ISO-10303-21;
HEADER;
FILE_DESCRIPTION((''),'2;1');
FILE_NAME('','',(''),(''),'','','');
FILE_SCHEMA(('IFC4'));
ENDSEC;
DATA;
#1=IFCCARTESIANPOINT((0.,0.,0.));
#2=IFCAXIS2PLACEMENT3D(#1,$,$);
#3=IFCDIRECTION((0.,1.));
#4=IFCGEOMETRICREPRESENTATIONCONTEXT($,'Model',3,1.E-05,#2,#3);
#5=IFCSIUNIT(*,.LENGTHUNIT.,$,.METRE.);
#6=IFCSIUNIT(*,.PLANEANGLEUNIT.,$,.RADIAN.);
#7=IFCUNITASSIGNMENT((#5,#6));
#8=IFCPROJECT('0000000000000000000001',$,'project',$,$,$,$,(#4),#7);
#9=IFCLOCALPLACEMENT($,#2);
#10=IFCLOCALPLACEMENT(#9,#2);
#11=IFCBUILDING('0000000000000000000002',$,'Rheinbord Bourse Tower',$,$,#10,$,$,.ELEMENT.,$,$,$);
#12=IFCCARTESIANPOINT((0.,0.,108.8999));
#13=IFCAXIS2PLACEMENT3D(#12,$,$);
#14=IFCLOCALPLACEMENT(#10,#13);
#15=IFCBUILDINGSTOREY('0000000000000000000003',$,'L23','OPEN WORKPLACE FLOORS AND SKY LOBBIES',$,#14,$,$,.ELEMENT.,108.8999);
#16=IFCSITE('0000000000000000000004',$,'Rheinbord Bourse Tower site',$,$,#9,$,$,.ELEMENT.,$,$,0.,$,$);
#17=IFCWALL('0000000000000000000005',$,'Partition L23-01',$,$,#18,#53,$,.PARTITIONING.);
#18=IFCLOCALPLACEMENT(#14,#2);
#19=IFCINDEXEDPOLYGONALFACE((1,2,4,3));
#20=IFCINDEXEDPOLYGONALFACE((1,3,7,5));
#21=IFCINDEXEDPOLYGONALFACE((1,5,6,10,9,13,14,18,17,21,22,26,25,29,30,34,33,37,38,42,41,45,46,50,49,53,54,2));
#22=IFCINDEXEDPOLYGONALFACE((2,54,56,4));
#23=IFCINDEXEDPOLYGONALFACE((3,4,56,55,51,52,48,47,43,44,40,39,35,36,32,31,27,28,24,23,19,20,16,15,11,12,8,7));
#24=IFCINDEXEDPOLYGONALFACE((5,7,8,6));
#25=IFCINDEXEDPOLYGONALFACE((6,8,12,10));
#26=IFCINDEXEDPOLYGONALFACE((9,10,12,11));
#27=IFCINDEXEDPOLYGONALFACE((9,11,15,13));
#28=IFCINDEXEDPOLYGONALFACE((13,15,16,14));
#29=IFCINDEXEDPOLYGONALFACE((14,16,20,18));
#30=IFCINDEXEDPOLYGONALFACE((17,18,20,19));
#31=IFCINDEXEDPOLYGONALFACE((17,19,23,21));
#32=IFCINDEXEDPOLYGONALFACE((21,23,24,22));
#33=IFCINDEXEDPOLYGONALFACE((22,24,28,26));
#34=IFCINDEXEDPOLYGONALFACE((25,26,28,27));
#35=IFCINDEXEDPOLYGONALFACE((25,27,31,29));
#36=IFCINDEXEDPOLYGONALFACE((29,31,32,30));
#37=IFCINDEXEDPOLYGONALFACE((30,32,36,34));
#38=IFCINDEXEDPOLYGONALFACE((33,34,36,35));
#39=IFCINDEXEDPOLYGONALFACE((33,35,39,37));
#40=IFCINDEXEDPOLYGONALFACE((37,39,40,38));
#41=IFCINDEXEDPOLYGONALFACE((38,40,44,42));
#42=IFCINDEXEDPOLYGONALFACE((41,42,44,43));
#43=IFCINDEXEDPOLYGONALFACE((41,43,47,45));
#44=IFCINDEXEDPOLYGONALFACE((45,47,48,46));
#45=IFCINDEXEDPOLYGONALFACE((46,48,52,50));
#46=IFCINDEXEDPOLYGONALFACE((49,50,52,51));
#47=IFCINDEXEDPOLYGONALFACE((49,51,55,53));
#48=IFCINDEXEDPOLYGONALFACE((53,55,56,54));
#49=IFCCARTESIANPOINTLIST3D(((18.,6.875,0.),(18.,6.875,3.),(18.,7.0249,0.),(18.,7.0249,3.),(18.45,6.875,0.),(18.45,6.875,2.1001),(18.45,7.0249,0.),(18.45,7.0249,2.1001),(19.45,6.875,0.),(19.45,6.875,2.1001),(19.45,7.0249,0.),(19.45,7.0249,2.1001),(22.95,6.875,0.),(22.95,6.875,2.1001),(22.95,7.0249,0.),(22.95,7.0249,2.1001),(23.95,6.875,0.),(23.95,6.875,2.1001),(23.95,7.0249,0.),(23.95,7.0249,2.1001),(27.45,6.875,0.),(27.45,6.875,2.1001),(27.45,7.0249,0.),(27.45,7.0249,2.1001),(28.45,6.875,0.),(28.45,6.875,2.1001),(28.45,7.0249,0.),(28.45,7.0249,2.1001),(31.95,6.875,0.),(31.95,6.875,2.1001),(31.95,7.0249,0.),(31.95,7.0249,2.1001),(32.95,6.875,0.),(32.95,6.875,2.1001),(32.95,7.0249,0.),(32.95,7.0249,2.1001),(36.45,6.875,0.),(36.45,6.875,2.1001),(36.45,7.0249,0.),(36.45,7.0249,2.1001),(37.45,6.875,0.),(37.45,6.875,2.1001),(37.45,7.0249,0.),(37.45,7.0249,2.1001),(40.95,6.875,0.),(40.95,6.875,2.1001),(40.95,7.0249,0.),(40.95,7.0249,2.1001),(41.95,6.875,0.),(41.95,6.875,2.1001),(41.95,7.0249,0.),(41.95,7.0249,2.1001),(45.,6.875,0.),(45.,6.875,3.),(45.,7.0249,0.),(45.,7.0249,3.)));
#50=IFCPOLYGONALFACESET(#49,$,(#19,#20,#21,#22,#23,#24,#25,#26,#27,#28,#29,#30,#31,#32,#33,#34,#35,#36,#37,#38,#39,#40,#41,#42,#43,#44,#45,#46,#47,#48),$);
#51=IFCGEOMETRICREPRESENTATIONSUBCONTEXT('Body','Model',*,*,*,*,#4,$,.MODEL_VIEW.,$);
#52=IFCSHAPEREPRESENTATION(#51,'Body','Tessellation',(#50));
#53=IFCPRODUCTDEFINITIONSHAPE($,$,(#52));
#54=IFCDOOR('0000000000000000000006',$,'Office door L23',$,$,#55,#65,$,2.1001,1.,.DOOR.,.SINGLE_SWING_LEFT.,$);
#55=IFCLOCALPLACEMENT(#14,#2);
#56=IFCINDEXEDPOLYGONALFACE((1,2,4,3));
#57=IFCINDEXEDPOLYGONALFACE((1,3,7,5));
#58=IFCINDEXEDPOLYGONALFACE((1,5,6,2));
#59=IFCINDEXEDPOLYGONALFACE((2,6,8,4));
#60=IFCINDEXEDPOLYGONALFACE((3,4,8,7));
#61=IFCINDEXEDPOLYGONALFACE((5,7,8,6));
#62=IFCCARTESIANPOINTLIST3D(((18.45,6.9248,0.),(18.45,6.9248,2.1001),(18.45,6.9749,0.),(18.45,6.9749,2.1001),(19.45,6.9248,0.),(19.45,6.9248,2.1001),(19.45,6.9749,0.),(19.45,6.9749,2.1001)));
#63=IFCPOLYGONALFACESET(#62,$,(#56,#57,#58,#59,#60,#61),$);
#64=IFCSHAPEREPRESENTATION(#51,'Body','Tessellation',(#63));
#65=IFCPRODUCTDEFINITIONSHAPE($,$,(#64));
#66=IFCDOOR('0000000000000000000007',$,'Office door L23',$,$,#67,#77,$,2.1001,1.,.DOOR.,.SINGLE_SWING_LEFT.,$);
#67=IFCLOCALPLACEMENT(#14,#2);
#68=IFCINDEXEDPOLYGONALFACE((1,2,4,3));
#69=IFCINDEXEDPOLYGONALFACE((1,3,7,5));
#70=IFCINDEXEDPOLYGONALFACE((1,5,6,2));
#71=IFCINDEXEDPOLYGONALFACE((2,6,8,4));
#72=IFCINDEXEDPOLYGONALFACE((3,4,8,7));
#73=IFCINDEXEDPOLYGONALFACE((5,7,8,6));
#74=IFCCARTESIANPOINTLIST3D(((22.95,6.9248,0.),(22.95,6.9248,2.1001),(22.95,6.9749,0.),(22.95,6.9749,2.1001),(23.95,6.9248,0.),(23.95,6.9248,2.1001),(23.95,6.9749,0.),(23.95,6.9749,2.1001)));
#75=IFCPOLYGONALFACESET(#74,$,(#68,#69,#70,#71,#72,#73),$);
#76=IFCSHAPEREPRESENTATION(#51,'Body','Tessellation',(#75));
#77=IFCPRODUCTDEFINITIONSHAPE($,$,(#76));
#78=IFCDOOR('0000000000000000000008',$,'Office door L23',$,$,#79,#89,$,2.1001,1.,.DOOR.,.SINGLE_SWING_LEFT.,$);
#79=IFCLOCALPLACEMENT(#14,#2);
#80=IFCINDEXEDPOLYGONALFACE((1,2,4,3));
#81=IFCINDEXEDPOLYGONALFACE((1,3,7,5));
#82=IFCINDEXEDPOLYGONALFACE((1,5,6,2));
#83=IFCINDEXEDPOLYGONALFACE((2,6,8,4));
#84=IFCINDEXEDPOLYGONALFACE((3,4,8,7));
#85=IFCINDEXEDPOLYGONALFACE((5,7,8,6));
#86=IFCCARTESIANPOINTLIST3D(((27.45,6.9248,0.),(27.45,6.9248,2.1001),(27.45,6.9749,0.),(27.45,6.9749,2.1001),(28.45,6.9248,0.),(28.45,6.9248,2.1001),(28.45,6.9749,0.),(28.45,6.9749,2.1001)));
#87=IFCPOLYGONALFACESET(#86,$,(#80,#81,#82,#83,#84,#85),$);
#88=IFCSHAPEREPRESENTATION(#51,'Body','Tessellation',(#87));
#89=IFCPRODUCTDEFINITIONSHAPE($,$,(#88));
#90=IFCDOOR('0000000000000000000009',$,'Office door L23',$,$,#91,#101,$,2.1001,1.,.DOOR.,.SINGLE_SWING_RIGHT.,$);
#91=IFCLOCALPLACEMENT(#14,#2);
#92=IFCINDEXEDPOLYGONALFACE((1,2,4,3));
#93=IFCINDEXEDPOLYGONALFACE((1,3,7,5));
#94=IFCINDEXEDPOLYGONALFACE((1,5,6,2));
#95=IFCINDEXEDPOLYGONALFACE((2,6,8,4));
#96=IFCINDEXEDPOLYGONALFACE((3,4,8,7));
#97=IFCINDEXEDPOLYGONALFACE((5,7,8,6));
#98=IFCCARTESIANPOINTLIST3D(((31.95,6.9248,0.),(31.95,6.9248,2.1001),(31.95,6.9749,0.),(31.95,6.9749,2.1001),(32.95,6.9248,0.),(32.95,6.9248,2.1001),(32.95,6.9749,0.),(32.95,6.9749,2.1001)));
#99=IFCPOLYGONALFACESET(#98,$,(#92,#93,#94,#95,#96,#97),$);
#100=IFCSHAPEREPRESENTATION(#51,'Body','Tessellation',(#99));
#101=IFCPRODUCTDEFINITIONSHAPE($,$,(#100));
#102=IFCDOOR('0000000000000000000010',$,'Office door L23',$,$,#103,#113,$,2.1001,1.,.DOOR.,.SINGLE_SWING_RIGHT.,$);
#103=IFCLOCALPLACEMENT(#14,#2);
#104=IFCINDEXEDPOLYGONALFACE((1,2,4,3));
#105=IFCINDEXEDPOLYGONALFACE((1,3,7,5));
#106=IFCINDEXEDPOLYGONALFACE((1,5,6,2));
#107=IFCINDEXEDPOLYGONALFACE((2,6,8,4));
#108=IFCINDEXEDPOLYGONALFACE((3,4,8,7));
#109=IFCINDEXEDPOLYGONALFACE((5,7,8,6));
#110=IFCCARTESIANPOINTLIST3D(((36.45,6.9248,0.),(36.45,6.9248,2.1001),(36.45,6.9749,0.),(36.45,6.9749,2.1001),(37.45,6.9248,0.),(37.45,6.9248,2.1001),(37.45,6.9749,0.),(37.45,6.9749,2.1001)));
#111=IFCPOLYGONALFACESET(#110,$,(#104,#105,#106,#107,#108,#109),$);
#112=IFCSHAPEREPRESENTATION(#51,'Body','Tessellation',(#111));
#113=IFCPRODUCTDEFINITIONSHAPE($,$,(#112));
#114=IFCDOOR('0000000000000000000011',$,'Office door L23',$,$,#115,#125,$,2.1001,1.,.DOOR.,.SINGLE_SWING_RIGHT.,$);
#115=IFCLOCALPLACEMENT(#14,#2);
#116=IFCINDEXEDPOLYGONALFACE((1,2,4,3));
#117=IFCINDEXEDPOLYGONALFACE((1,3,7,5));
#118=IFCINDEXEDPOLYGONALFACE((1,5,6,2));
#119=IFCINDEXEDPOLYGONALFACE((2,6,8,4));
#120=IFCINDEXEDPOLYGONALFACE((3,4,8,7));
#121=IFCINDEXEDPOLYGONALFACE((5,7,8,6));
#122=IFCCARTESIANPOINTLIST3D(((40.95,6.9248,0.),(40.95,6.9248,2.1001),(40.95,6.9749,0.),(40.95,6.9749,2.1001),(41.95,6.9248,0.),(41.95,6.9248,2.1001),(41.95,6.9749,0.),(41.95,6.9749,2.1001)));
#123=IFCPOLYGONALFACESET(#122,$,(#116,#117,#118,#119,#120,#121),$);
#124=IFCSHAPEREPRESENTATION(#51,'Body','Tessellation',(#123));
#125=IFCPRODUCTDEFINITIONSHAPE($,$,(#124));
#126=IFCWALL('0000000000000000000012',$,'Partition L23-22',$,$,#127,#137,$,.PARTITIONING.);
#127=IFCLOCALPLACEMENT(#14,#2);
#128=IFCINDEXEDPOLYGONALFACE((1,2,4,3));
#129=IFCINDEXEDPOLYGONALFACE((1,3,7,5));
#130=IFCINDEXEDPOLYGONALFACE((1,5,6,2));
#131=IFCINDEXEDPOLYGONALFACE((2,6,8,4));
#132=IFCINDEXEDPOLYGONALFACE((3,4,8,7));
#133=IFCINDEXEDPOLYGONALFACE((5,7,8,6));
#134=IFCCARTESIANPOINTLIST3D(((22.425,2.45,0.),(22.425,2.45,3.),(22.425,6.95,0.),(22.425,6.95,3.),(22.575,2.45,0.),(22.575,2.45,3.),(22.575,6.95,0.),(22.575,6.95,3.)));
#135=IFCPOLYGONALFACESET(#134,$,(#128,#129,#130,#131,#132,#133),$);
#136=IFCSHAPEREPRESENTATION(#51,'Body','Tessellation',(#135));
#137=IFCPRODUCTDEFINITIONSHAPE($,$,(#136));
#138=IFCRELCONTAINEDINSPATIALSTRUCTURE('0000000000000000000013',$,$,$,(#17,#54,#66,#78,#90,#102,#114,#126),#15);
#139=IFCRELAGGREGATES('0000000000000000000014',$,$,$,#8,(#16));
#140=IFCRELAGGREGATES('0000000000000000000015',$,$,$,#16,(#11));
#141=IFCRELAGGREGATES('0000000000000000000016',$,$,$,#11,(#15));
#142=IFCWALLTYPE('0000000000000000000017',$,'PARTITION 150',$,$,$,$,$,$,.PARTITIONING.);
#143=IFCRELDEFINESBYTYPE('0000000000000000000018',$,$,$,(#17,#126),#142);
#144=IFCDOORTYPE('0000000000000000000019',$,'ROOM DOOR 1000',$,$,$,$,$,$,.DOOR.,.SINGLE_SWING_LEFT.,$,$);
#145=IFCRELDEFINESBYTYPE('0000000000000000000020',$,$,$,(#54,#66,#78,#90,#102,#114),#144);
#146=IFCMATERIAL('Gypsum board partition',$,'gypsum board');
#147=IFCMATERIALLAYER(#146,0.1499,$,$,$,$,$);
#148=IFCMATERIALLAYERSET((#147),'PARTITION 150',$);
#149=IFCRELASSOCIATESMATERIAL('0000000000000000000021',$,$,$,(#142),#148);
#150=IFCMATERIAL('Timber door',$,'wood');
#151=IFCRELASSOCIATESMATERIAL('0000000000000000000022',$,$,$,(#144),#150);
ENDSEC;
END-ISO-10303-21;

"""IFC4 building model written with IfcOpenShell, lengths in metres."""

from ifc_helpers import new_model, si_unit, direction, frame, frame_2d, origin, place, context, subcontext, project, spatial, rectangle, extrude, material, layer, layer_set, type_object, element, fill, save


model = new_model("IFC4")

# Units and contexts
model_context = context("Model", 3, precision=1e-05, world=origin(), true_north=direction((0.0, 1.0)))
body_context = subcontext(model_context, "Body", "Model", "MODEL_VIEW")
ifc_project = project(units=[si_unit("LENGTHUNIT", "METRE"), si_unit("PLANEANGLEUNIT", "RADIAN")], contexts=[model_context])

# Site, building, storey
site_placement = place(None, origin())
site = spatial("IfcSite", under=ifc_project, at=site_placement, Name="Rheinbord Bourse Tower site", CompositionType="ELEMENT", RefElevation=0.0)
building_placement = place(site_placement, origin())
building = spatial("IfcBuilding", under=site, at=building_placement, Name="Rheinbord Bourse Tower", CompositionType="ELEMENT")
storey_placement = place(building_placement, frame((0.0, 0.0, 108.8999)))
storey = spatial("IfcBuildingStorey", under=building, at=storey_placement, Name="L23", Description="OPEN WORKPLACE FLOORS AND SKY LOBBIES", CompositionType="ELEMENT", Elevation=108.8999)

# Wall, openings, doors
ifc_material_1 = material(Name="Gypsum board partition", Category="gypsum board")
ifc_layer_1 = layer(ifc_material_1, 0.1499)
ifc_layer_set_1 = layer_set([ifc_layer_1], Name="PARTITION 150")
wall_type_1 = type_object("IfcWallType", Name="PARTITION 150", PredefinedType="PARTITIONING", material=ifc_layer_set_1)
wall_1_placement = place(storey_placement, frame((18.0, 6.95, 0.0), z_axis=(0.0, 0.0, 1.0), x_axis=(1.0, 0.0, 0.0)))
wall_1 = element("IfcWall", 1, at=wall_1_placement, inside=storey, type_object=wall_type_1, Name="Partition L23-01", PredefinedType="PARTITIONING", context=body_context, shape_type="SweptSolid", body=[
    extrude(rectangle(XDim=27.0, YDim=0.1499, at=frame_2d((13.5, 0.0))), origin(), (0.0, 0.0, 1.0), 3.0),
])
opening_1_placement = place(wall_1_placement, frame((0.45, 0.0, 0.0)))
opening_1 = element("IfcOpeningElement", 2, at=opening_1_placement, cuts=wall_1, PredefinedType="OPENING", context=body_context, shape_type="SweptSolid", body=[
    extrude(rectangle(XDim=1.0, YDim=2.1001, at=frame_2d((0.5, 1.05))), frame((0.0, 0.085, 0.0), z_axis=(0.0, -1.0, 0.0), x_axis=(1.0, 0.0, 0.0)), (0.0, 0.0, 1.0), 0.1699),
])
opening_2_placement = place(wall_1_placement, frame((4.95, 0.0, 0.0)))
opening_2 = element("IfcOpeningElement", 3, at=opening_2_placement, cuts=wall_1, PredefinedType="OPENING", context=body_context, shape_type="SweptSolid", body=[
    extrude(rectangle(XDim=1.0, YDim=2.1001, at=frame_2d((0.5, 1.05))), frame((0.0, 0.085, 0.0), z_axis=(0.0, -1.0, 0.0), x_axis=(1.0, 0.0, 0.0)), (0.0, 0.0, 1.0), 0.1699),
])
opening_3_placement = place(wall_1_placement, frame((9.45, 0.0, 0.0)))
opening_3 = element("IfcOpeningElement", 4, at=opening_3_placement, cuts=wall_1, PredefinedType="OPENING", context=body_context, shape_type="SweptSolid", body=[
    extrude(rectangle(XDim=1.0, YDim=2.1001, at=frame_2d((0.5, 1.05))), frame((0.0, 0.085, 0.0), z_axis=(0.0, -1.0, 0.0), x_axis=(1.0, 0.0, 0.0)), (0.0, 0.0, 1.0), 0.1699),
])
opening_4_placement = place(wall_1_placement, frame((13.95, 0.0, 0.0)))
opening_4 = element("IfcOpeningElement", 5, at=opening_4_placement, cuts=wall_1, PredefinedType="OPENING", context=body_context, shape_type="SweptSolid", body=[
    extrude(rectangle(XDim=1.0, YDim=2.1001, at=frame_2d((0.5, 1.05))), frame((0.0, 0.085, 0.0), z_axis=(0.0, -1.0, 0.0), x_axis=(1.0, 0.0, 0.0)), (0.0, 0.0, 1.0), 0.1699),
])
opening_5_placement = place(wall_1_placement, frame((18.45, 0.0, 0.0)))
opening_5 = element("IfcOpeningElement", 6, at=opening_5_placement, cuts=wall_1, PredefinedType="OPENING", context=body_context, shape_type="SweptSolid", body=[
    extrude(rectangle(XDim=1.0, YDim=2.1001, at=frame_2d((0.5, 1.05))), frame((0.0, 0.085, 0.0), z_axis=(0.0, -1.0, 0.0), x_axis=(1.0, 0.0, 0.0)), (0.0, 0.0, 1.0), 0.1699),
])
opening_6_placement = place(wall_1_placement, frame((22.95, 0.0, 0.0)))
opening_6 = element("IfcOpeningElement", 7, at=opening_6_placement, cuts=wall_1, PredefinedType="OPENING", context=body_context, shape_type="SweptSolid", body=[
    extrude(rectangle(XDim=1.0, YDim=2.1001, at=frame_2d((0.5, 1.05))), frame((0.0, 0.085, 0.0), z_axis=(0.0, -1.0, 0.0), x_axis=(1.0, 0.0, 0.0)), (0.0, 0.0, 1.0), 0.1699),
])
ifc_material_2 = material(Name="Timber door", Category="wood")
door_type_1 = type_object("IfcDoorType", Name="ROOM DOOR 1000", OperationType="SINGLE_SWING_LEFT", PredefinedType="DOOR", material=ifc_material_2)
door_1_placement = place(opening_1_placement, origin())
door_1 = element("IfcDoor", 8, at=door_1_placement, inside=storey, type_object=door_type_1, Name="Office door L23", OperationType="SINGLE_SWING_LEFT", OverallHeight=2.1001, OverallWidth=1.0, PredefinedType="DOOR", context=body_context, shape_type="SweptSolid", body=[
    extrude(rectangle(XDim=1.0, YDim=2.1001, at=frame_2d((0.5, 1.05))), frame((0.0, 0.0249, 0.0), z_axis=(0.0, -1.0, 0.0), x_axis=(1.0, 0.0, 0.0)), (0.0, 0.0, 1.0), 0.05),
])
fill(opening_1, door_1)
door_2_placement = place(opening_2_placement, origin())
door_2 = element("IfcDoor", 9, at=door_2_placement, inside=storey, type_object=door_type_1, Name="Office door L23", OperationType="SINGLE_SWING_LEFT", OverallHeight=2.1001, OverallWidth=1.0, PredefinedType="DOOR", context=body_context, shape_type="SweptSolid", body=[
    extrude(rectangle(XDim=1.0, YDim=2.1001, at=frame_2d((0.5, 1.05))), frame((0.0, 0.0249, 0.0), z_axis=(0.0, -1.0, 0.0), x_axis=(1.0, 0.0, 0.0)), (0.0, 0.0, 1.0), 0.05),
])
fill(opening_2, door_2)
door_3_placement = place(opening_3_placement, origin())
door_3 = element("IfcDoor", 10, at=door_3_placement, inside=storey, type_object=door_type_1, Name="Office door L23", OperationType="SINGLE_SWING_LEFT", OverallHeight=2.1001, OverallWidth=1.0, PredefinedType="DOOR", context=body_context, shape_type="SweptSolid", body=[
    extrude(rectangle(XDim=1.0, YDim=2.1001, at=frame_2d((0.5, 1.05))), frame((0.0, 0.0249, 0.0), z_axis=(0.0, -1.0, 0.0), x_axis=(1.0, 0.0, 0.0)), (0.0, 0.0, 1.0), 0.05),
])
fill(opening_3, door_3)
door_4_placement = place(opening_4_placement, origin())
door_4 = element("IfcDoor", 11, at=door_4_placement, inside=storey, type_object=door_type_1, Name="Office door L23", OperationType="SINGLE_SWING_RIGHT", OverallHeight=2.1001, OverallWidth=1.0, PredefinedType="DOOR", context=body_context, shape_type="SweptSolid", body=[
    extrude(rectangle(XDim=1.0, YDim=2.1001, at=frame_2d((0.5, 1.05))), frame((0.0, 0.0249, 0.0), z_axis=(0.0, -1.0, 0.0), x_axis=(1.0, 0.0, 0.0)), (0.0, 0.0, 1.0), 0.05),
])
fill(opening_4, door_4)
door_5_placement = place(opening_5_placement, origin())
door_5 = element("IfcDoor", 12, at=door_5_placement, inside=storey, type_object=door_type_1, Name="Office door L23", OperationType="SINGLE_SWING_RIGHT", OverallHeight=2.1001, OverallWidth=1.0, PredefinedType="DOOR", context=body_context, shape_type="SweptSolid", body=[
    extrude(rectangle(XDim=1.0, YDim=2.1001, at=frame_2d((0.5, 1.05))), frame((0.0, 0.0249, 0.0), z_axis=(0.0, -1.0, 0.0), x_axis=(1.0, 0.0, 0.0)), (0.0, 0.0, 1.0), 0.05),
])
fill(opening_5, door_5)
door_6_placement = place(opening_6_placement, origin())
door_6 = element("IfcDoor", 13, at=door_6_placement, inside=storey, type_object=door_type_1, Name="Office door L23", OperationType="SINGLE_SWING_RIGHT", OverallHeight=2.1001, OverallWidth=1.0, PredefinedType="DOOR", context=body_context, shape_type="SweptSolid", body=[
    extrude(rectangle(XDim=1.0, YDim=2.1001, at=frame_2d((0.5, 1.05))), frame((0.0, 0.0249, 0.0), z_axis=(0.0, -1.0, 0.0), x_axis=(1.0, 0.0, 0.0)), (0.0, 0.0, 1.0), 0.05),
])
fill(opening_6, door_6)

# Wall
wall_2_placement = place(storey_placement, frame((22.5, 2.45, 0.0), z_axis=(0.0, 0.0, 1.0), x_axis=(0.0, 1.0, 0.0)))
element("IfcWall", 14, at=wall_2_placement, inside=storey, type_object=wall_type_1, Name="Partition L23-22", PredefinedType="PARTITIONING", context=body_context, shape_type="SweptSolid", body=[
    extrude(rectangle(XDim=4.5, YDim=0.1499, at=frame_2d((2.25, 0.0))), origin(), (0.0, 0.0, 1.0), 3.0),
])

save(model, "model.ifc")
